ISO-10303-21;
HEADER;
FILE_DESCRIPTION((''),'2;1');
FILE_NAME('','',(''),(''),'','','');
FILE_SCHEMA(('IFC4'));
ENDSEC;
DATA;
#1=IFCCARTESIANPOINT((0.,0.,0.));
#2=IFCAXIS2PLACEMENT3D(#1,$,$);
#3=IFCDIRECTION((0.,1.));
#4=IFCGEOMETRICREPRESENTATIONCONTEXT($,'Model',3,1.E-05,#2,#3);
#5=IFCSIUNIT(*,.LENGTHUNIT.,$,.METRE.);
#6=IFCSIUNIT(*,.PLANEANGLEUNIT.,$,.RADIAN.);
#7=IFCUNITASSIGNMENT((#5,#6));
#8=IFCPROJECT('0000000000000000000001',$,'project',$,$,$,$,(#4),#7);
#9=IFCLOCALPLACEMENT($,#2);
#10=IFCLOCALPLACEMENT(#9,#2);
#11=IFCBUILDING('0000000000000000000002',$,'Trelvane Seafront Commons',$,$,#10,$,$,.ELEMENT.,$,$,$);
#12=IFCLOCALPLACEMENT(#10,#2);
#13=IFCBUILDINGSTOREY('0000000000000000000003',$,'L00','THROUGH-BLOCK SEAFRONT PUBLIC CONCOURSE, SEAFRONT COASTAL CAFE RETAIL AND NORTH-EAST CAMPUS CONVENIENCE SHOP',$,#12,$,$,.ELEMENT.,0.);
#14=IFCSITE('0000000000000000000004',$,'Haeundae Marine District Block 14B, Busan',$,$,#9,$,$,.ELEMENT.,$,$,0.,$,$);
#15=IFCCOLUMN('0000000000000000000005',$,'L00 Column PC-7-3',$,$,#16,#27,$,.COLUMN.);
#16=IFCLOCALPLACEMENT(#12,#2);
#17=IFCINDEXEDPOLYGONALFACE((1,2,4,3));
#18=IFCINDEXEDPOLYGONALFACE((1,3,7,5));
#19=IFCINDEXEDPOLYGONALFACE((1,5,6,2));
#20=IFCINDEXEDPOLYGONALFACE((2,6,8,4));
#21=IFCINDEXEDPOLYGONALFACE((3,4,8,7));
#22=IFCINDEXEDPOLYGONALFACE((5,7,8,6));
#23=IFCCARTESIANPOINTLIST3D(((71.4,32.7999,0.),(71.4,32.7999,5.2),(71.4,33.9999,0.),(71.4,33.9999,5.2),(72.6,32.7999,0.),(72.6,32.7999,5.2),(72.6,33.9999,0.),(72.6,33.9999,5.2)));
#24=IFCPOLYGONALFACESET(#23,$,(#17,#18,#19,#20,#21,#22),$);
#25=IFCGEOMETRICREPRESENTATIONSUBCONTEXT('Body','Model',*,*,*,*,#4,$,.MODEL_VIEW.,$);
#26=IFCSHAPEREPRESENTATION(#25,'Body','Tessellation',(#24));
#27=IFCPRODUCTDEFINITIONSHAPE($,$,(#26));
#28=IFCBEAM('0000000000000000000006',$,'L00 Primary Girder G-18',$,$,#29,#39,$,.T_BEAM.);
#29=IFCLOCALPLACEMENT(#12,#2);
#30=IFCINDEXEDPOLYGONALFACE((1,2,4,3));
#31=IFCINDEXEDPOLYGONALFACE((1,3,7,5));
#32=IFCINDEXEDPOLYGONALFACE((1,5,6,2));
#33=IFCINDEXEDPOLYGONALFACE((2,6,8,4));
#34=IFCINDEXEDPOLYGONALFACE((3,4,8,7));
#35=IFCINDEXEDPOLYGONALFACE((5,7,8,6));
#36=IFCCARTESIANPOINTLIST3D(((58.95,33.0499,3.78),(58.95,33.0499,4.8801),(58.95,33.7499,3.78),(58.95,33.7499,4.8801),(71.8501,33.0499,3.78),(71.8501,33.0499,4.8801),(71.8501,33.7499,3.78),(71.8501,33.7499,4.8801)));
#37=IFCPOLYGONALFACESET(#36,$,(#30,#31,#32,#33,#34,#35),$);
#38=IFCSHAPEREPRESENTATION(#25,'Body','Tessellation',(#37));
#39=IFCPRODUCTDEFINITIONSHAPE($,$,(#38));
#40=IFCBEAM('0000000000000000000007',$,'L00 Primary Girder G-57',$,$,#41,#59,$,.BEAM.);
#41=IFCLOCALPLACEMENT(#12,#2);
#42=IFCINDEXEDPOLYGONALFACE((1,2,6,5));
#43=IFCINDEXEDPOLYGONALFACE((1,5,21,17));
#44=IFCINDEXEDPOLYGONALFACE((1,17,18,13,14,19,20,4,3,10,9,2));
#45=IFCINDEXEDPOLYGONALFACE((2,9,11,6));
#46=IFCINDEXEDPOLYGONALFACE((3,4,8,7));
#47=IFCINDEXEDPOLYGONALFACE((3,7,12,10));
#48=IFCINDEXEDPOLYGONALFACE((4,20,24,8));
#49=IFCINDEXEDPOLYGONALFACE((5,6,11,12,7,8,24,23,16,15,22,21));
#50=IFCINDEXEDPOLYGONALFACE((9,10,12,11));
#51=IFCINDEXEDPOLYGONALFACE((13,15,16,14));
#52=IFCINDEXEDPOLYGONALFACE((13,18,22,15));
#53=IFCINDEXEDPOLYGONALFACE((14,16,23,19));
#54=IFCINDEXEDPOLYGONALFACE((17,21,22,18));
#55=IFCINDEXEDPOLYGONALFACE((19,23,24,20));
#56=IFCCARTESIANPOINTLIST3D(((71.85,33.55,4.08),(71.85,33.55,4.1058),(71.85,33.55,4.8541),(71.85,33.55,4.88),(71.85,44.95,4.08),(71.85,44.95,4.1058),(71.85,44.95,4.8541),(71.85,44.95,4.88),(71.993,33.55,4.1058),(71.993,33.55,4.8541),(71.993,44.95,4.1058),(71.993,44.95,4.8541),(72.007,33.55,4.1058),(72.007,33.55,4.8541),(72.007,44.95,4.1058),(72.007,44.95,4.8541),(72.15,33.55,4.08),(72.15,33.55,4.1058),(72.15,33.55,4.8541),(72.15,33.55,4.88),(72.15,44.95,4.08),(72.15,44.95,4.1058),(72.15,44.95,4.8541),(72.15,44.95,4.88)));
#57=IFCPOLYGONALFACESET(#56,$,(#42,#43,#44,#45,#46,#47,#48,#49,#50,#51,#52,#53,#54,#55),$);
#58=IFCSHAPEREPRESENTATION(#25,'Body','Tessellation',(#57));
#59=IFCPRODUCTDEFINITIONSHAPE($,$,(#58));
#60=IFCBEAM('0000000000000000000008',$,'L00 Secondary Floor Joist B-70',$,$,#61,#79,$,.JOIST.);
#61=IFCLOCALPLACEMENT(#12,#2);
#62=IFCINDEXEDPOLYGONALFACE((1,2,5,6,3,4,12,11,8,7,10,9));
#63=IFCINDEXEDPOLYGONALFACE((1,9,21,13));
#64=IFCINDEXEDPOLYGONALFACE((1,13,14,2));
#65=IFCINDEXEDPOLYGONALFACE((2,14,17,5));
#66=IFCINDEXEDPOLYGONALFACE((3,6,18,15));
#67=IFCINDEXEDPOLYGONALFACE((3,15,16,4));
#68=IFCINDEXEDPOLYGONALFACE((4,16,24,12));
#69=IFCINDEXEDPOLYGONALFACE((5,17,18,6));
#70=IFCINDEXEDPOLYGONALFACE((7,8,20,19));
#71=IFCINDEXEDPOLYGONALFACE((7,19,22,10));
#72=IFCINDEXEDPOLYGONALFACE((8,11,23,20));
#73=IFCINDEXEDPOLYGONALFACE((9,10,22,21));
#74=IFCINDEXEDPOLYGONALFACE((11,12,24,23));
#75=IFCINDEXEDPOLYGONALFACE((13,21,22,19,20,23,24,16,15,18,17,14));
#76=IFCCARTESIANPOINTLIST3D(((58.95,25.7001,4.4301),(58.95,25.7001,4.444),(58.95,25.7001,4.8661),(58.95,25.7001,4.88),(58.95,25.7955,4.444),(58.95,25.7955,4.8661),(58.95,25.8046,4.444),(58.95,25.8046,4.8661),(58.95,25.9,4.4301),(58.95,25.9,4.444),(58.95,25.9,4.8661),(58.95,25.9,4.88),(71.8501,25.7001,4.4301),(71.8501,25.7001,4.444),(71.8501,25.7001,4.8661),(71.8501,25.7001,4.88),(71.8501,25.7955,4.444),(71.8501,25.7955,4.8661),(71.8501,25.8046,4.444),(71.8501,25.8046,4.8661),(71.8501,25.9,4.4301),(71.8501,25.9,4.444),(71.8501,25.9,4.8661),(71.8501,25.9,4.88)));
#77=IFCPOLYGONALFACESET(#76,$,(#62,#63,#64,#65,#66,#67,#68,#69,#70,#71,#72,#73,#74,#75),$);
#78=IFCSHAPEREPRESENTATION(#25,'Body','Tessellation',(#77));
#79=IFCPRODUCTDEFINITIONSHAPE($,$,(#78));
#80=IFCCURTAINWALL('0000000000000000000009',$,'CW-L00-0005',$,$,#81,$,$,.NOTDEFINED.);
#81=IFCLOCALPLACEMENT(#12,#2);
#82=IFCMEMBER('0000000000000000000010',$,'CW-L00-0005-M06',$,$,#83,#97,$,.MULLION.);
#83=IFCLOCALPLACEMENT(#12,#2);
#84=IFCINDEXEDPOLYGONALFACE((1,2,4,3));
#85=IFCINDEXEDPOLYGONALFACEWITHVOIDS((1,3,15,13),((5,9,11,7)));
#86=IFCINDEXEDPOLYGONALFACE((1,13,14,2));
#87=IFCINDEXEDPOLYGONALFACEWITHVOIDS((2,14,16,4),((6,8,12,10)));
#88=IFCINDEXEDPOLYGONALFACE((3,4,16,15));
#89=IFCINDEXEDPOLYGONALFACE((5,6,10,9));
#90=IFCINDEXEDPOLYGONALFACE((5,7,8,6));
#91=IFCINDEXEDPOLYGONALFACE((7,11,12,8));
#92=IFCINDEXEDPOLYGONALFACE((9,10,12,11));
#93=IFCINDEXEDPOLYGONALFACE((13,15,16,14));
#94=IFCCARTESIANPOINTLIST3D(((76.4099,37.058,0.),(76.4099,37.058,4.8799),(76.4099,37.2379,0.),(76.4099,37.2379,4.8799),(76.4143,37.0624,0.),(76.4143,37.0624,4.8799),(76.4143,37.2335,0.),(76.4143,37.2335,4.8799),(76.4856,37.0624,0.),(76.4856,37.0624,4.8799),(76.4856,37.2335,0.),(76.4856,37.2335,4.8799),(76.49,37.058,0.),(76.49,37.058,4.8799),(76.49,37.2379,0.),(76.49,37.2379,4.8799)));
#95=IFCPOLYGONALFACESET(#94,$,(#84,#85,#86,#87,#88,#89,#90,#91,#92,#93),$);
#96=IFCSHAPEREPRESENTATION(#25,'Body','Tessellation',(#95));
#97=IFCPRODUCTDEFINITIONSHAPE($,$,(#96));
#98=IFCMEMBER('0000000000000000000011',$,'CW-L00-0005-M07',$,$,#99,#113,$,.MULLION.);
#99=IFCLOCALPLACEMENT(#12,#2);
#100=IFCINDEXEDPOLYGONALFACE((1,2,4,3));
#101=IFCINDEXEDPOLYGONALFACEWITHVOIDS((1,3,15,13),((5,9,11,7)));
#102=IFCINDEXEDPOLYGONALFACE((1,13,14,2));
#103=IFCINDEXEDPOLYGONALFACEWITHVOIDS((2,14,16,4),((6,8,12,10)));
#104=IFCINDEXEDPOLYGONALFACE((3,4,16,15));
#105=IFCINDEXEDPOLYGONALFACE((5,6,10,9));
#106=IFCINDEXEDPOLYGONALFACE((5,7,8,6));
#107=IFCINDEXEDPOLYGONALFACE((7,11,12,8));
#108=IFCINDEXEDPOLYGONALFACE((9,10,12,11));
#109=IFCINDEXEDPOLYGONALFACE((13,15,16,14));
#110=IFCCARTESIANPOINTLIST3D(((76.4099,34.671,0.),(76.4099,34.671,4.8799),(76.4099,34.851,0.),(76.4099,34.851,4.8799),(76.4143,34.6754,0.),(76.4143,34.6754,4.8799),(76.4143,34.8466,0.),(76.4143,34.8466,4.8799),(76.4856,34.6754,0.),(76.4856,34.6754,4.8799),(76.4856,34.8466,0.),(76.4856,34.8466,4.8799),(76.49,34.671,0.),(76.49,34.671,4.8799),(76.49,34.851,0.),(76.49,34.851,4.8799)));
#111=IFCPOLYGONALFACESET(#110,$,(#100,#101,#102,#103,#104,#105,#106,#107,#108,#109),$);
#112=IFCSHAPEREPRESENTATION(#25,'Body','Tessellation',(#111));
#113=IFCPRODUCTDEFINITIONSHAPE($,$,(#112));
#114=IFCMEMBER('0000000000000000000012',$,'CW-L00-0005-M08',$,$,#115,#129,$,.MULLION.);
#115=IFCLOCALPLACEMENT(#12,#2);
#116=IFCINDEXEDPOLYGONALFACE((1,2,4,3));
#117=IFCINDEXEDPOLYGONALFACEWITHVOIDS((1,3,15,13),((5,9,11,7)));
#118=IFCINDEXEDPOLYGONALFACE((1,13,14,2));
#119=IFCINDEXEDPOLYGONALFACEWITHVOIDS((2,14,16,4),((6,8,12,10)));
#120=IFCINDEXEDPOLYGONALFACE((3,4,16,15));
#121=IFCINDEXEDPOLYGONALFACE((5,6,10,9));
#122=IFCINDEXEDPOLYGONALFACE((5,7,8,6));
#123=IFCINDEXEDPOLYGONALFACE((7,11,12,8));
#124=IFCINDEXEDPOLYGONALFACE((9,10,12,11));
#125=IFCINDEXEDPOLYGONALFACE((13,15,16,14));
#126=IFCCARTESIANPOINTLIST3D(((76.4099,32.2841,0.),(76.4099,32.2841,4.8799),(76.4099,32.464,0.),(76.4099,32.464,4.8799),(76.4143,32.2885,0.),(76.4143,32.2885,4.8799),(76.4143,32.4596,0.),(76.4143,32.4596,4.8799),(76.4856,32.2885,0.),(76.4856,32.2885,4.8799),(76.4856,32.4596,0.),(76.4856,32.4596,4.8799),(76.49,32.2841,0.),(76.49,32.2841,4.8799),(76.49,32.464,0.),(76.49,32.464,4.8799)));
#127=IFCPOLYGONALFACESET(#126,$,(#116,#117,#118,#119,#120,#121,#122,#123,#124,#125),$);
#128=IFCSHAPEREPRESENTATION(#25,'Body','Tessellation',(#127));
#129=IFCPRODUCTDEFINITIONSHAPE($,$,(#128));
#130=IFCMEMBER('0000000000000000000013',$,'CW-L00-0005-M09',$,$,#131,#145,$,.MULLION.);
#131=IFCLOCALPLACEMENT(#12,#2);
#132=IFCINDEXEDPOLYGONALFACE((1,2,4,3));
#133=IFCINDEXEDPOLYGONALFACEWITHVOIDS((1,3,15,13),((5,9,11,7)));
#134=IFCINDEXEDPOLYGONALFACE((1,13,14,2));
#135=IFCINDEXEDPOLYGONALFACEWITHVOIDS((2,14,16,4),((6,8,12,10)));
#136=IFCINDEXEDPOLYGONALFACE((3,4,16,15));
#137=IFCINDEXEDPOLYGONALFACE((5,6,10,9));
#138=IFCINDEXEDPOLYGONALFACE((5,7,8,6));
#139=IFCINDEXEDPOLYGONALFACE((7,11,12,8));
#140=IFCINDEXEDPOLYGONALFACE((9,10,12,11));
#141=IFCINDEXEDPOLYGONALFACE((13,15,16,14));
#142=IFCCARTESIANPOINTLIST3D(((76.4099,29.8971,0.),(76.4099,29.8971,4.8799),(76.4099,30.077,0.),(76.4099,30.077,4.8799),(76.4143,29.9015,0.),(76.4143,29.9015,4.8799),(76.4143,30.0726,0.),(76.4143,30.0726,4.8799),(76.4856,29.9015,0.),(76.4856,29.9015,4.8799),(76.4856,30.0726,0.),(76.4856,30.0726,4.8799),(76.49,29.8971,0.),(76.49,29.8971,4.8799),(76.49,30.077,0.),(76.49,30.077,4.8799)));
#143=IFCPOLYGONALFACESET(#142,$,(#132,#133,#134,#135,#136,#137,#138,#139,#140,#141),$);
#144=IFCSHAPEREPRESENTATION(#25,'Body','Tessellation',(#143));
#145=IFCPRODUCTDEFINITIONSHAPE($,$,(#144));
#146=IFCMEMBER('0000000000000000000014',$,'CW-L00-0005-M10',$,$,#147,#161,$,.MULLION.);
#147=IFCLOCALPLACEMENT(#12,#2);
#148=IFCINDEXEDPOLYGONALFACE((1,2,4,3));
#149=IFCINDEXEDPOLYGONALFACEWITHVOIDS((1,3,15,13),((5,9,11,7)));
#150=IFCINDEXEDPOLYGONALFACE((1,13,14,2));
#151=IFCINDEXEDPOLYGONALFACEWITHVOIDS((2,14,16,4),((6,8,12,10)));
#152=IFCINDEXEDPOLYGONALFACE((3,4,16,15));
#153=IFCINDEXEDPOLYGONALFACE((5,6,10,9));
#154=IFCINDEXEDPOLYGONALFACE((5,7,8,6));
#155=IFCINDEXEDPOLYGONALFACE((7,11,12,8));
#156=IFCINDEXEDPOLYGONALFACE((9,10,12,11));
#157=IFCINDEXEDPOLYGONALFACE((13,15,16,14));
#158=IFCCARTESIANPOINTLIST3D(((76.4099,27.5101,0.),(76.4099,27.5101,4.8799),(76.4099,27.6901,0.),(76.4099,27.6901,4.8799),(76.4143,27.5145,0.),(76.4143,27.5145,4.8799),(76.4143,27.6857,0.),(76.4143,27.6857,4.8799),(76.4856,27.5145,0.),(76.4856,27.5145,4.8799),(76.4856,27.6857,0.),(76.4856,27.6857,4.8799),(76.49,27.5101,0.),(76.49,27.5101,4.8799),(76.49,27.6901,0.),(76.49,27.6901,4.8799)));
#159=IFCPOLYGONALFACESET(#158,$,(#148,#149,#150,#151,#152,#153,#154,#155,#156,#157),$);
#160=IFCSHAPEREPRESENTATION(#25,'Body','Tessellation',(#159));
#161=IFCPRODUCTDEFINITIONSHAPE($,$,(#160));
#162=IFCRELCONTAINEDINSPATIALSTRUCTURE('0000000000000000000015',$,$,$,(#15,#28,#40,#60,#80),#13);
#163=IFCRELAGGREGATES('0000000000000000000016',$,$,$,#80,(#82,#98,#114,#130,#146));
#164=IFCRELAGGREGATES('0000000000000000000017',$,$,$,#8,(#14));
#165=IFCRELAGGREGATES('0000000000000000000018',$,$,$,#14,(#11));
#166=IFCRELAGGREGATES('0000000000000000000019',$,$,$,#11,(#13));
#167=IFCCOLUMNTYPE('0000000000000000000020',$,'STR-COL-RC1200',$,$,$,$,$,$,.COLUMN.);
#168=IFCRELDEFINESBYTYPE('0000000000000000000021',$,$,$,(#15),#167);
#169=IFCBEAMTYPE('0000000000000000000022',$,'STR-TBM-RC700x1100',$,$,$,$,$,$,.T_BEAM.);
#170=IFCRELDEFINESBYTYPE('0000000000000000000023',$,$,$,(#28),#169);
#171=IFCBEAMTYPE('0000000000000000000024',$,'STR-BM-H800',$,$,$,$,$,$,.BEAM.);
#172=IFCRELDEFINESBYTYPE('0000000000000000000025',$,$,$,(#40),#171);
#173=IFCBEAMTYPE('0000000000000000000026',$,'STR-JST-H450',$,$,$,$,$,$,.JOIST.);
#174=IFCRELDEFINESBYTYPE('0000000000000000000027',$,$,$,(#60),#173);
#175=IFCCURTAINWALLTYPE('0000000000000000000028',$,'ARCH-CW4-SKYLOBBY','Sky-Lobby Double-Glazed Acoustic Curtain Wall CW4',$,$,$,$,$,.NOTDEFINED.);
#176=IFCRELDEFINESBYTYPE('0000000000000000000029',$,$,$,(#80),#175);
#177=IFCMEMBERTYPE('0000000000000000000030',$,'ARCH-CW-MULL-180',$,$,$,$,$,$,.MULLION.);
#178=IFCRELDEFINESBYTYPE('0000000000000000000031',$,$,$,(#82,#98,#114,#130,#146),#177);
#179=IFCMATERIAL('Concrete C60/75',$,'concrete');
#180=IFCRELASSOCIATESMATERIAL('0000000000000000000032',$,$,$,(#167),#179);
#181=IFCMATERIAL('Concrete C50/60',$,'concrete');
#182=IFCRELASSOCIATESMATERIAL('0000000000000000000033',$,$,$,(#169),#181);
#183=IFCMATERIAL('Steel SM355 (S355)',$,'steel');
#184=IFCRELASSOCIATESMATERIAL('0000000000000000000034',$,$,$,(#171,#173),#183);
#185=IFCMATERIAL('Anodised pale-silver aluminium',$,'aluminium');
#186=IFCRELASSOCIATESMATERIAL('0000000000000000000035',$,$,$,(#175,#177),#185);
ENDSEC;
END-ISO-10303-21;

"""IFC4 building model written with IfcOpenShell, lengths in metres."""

from ifc_helpers import new_model, si_unit, direction, frame, origin, origin_2d, place, context, subcontext, project, spatial, rectangle, hollow_rectangle, i_section, extrude, source, transform, mapped, material, material_profile, profile_set, type_object, element, aggregate, save


model = new_model("IFC4")

# Units and contexts
model_context = context("Model", 3, precision=1e-05, world=origin(), true_north=direction((0.0, 1.0)))
body_context = subcontext(model_context, "Body", "Model", "MODEL_VIEW")
ifc_project = project(units=[si_unit("LENGTHUNIT", "METRE"), si_unit("PLANEANGLEUNIT", "RADIAN")], contexts=[model_context])

# Site, building, storey
site_placement = place(None, origin())
site = spatial("IfcSite", under=ifc_project, at=site_placement, Name="Haeundae Marine District Block 14B, Busan", CompositionType="ELEMENT", RefElevation=0.0)
building_placement = place(site_placement, origin())
building = spatial("IfcBuilding", under=site, at=building_placement, Name="Trelvane Seafront Commons", CompositionType="ELEMENT")
storey_placement = place(building_placement, origin())
storey = spatial("IfcBuildingStorey", under=building, at=storey_placement, Name="L00", Description="THROUGH-BLOCK SEAFRONT PUBLIC CONCOURSE, SEAFRONT COASTAL CAFE RETAIL AND NORTH-EAST CAMPUS CONVENIENCE SHOP", CompositionType="ELEMENT", Elevation=0.0)

# Column
ifc_material_1 = material(Name="Concrete C60/75", Category="concrete")
ifc_material_profile_1 = material_profile(ifc_material_1, rectangle(XDim=1.2, YDim=1.2, at=origin_2d()), Name="RC-1200x1200")
ifc_profile_set_1 = profile_set([ifc_material_profile_1], Name="Concrete C60/75")
column_type = type_object("IfcColumnType", Name="STR-COL-RC1200", PredefinedType="COLUMN", material=ifc_profile_set_1)
shared_shape_1 = source(origin(), body_context, "Body", "SweptSolid", [
    extrude(rectangle(XDim=1.2, YDim=1.2, at=origin_2d()), origin(), (0.0, 0.0, 1.0), 5.2),
])
column_placement = place(storey_placement, frame((72.0, 33.3999, 0.0), z_axis=(0.0, 0.0, 1.0), x_axis=(1.0, 0.0, 0.0)))
element("IfcColumn", 1, at=column_placement, inside=storey, type_object=column_type, Name="L00 Column PC-7-3", PredefinedType="COLUMN", context=body_context, shape_type="MappedRepresentation", body=[
    mapped(shared_shape_1, transform((0.0, 0.0, 0.0), x_axis=(1.0, 0.0, 0.0), y_axis=(0.0, 1.0, 0.0), z_axis=(0.0, 0.0, 1.0), scale=1.0)),
])

# Beams
ifc_material_2 = material(Name="Concrete C50/60", Category="concrete")
ifc_material_profile_2 = material_profile(ifc_material_2, rectangle(XDim=0.7, YDim=1.1001, at=origin_2d()), Name="RC-700x1100")
ifc_profile_set_2 = profile_set([ifc_material_profile_2], Name="Concrete C50/60")
beam_type_1 = type_object("IfcBeamType", Name="STR-TBM-RC700x1100", PredefinedType="T_BEAM", material=ifc_profile_set_2)
shared_shape_2 = source(origin(), body_context, "Body", "SweptSolid", [
    extrude(rectangle(XDim=0.7, YDim=1.1001, at=origin_2d()), origin(), (0.0, 0.0, 1.0), 12.9001),
])
beam_1_placement = place(storey_placement, frame((58.95, 33.3999, 4.3301), z_axis=(1.0, 0.0, 0.0), x_axis=(0.0, 1.0, 0.0)))
element("IfcBeam", 2, at=beam_1_placement, inside=storey, type_object=beam_type_1, Name="L00 Primary Girder G-18", PredefinedType="T_BEAM", context=body_context, shape_type="MappedRepresentation", body=[
    mapped(shared_shape_2, transform((0.0, 0.0, 0.0), x_axis=(1.0, 0.0, 0.0), y_axis=(0.0, 1.0, 0.0), z_axis=(0.0, 0.0, 1.0), scale=1.0)),
])
ifc_material_3 = material(Name="Steel SM355 (S355)", Category="steel")
ifc_material_profile_3 = material_profile(ifc_material_3, i_section(OverallWidth=0.3, OverallDepth=0.8, WebThickness=0.0139, FlangeThickness=0.0259, at=origin_2d()), Name="H-800x300x14x26")
ifc_profile_set_3 = profile_set([ifc_material_profile_3], Name="Steel SM355 (S355)")
beam_type_2 = type_object("IfcBeamType", Name="STR-BM-H800", PredefinedType="BEAM", material=ifc_profile_set_3)
shared_shape_3 = source(origin(), body_context, "Body", "SweptSolid", [
    extrude(i_section(OverallWidth=0.3, OverallDepth=0.8, WebThickness=0.0139, FlangeThickness=0.0259, at=origin_2d()), origin(), (0.0, 0.0, 1.0), 11.3999),
])
beam_2_placement = place(storey_placement, frame((72.0, 33.55, 4.48), z_axis=(0.0, 1.0, 0.0), x_axis=(-1.0, 0.0, 0.0)))
element("IfcBeam", 3, at=beam_2_placement, inside=storey, type_object=beam_type_2, Name="L00 Primary Girder G-57", PredefinedType="BEAM", context=body_context, shape_type="MappedRepresentation", body=[
    mapped(shared_shape_3, transform((0.0, 0.0, 0.0), x_axis=(1.0, 0.0, 0.0), y_axis=(0.0, 1.0, 0.0), z_axis=(0.0, 0.0, 1.0), scale=1.0)),
])
ifc_material_profile_4 = material_profile(ifc_material_3, i_section(OverallWidth=0.2, OverallDepth=0.45, WebThickness=0.009, FlangeThickness=0.0139, at=origin_2d()), Name="H-450x200x9x14")
ifc_profile_set_4 = profile_set([ifc_material_profile_4], Name="Steel SM355 (S355)")
beam_type_3 = type_object("IfcBeamType", Name="STR-JST-H450", PredefinedType="JOIST", material=ifc_profile_set_4)
shared_shape_4 = source(origin(), body_context, "Body", "SweptSolid", [
    extrude(i_section(OverallWidth=0.2, OverallDepth=0.45, WebThickness=0.009, FlangeThickness=0.0139, at=origin_2d()), origin(), (0.0, 0.0, 1.0), 12.9001),
])
beam_3_placement = place(storey_placement, frame((58.95, 25.8, 4.655), z_axis=(1.0, 0.0, 0.0), x_axis=(0.0, 1.0, 0.0)))
element("IfcBeam", 4, at=beam_3_placement, inside=storey, type_object=beam_type_3, Name="L00 Secondary Floor Joist B-70", PredefinedType="JOIST", context=body_context, shape_type="MappedRepresentation", body=[
    mapped(shared_shape_4, transform((0.0, 0.0, 0.0), x_axis=(1.0, 0.0, 0.0), y_axis=(0.0, 1.0, 0.0), z_axis=(0.0, 0.0, 1.0), scale=1.0)),
])

# Curtain wall, members
ifc_material_4 = material(Name="Anodised pale-silver aluminium", Category="aluminium")
curtain_wall_type = type_object("IfcCurtainWallType", Name="ARCH-CW4-SKYLOBBY", Description="Sky-Lobby Double-Glazed Acoustic Curtain Wall CW4", PredefinedType="NOTDEFINED", material=ifc_material_4)
curtain_wall_placement = place(storey_placement, origin())
curtain_wall = element("IfcCurtainWall", 5, at=curtain_wall_placement, inside=storey, type_object=curtain_wall_type, Name="CW-L00-0005", PredefinedType="NOTDEFINED")
ifc_material_profile_5 = material_profile(ifc_material_4, hollow_rectangle(XDim=0.0801, YDim=0.1799, WallThickness=0.0044, at=origin_2d()), Name="MULL-80x180x4.5")
ifc_profile_set_5 = profile_set([ifc_material_profile_5], Name="Anodised pale-silver aluminium")
member_type_1 = type_object("IfcMemberType", Name="ARCH-CW-MULL-180", PredefinedType="MULLION", material=ifc_profile_set_5)
shared_shape_5 = source(origin(), body_context, "Body", "SweptSolid", [
    extrude(hollow_rectangle(XDim=0.0801, YDim=0.1799, WallThickness=0.0044, at=origin_2d()), origin(), (0.0, 0.0, 1.0), 4.8799),
])
member_1_placement = place(storey_placement, frame((76.45, 37.1479, 0.0), z_axis=(0.0, 0.0, 1.0), x_axis=(1.0, 0.0, 0.0)))
member_1 = element("IfcMember", 6, at=member_1_placement, type_object=member_type_1, Name="CW-L00-0005-M06", PredefinedType="MULLION", context=body_context, shape_type="MappedRepresentation", body=[
    mapped(shared_shape_5, transform((0.0, 0.0, 0.0), x_axis=(1.0, 0.0, 0.0), y_axis=(0.0, 1.0, 0.0), z_axis=(0.0, 0.0, 1.0), scale=1.0)),
])
member_2_placement = place(storey_placement, frame((76.45, 34.761, 0.0), z_axis=(0.0, 0.0, 1.0), x_axis=(1.0, 0.0, 0.0)))
member_2 = element("IfcMember", 7, at=member_2_placement, type_object=member_type_1, Name="CW-L00-0005-M07", PredefinedType="MULLION", context=body_context, shape_type="MappedRepresentation", body=[
    mapped(shared_shape_5, transform((0.0, 0.0, 0.0), x_axis=(1.0, 0.0, 0.0), y_axis=(0.0, 1.0, 0.0), z_axis=(0.0, 0.0, 1.0), scale=1.0)),
])
member_3_placement = place(storey_placement, frame((76.45, 32.374, 0.0), z_axis=(0.0, 0.0, 1.0), x_axis=(1.0, 0.0, 0.0)))
member_3 = element("IfcMember", 8, at=member_3_placement, type_object=member_type_1, Name="CW-L00-0005-M08", PredefinedType="MULLION", context=body_context, shape_type="MappedRepresentation", body=[
    mapped(shared_shape_5, transform((0.0, 0.0, 0.0), x_axis=(1.0, 0.0, 0.0), y_axis=(0.0, 1.0, 0.0), z_axis=(0.0, 0.0, 1.0), scale=1.0)),
])
member_4_placement = place(storey_placement, frame((76.45, 29.9871, 0.0), z_axis=(0.0, 0.0, 1.0), x_axis=(1.0, 0.0, 0.0)))
member_4 = element("IfcMember", 9, at=member_4_placement, type_object=member_type_1, Name="CW-L00-0005-M09", PredefinedType="MULLION", context=body_context, shape_type="MappedRepresentation", body=[
    mapped(shared_shape_5, transform((0.0, 0.0, 0.0), x_axis=(1.0, 0.0, 0.0), y_axis=(0.0, 1.0, 0.0), z_axis=(0.0, 0.0, 1.0), scale=1.0)),
])
member_5_placement = place(storey_placement, frame((76.45, 27.6001, 0.0), z_axis=(0.0, 0.0, 1.0), x_axis=(1.0, 0.0, 0.0)))
member_5 = element("IfcMember", 10, at=member_5_placement, type_object=member_type_1, Name="CW-L00-0005-M10", PredefinedType="MULLION", context=body_context, shape_type="MappedRepresentation", body=[
    mapped(shared_shape_5, transform((0.0, 0.0, 0.0), x_axis=(1.0, 0.0, 0.0), y_axis=(0.0, 1.0, 0.0), z_axis=(0.0, 0.0, 1.0), scale=1.0)),
])
aggregate(curtain_wall, [member_1, member_2, member_3, member_4, member_5])

save(model, "model.ifc")
